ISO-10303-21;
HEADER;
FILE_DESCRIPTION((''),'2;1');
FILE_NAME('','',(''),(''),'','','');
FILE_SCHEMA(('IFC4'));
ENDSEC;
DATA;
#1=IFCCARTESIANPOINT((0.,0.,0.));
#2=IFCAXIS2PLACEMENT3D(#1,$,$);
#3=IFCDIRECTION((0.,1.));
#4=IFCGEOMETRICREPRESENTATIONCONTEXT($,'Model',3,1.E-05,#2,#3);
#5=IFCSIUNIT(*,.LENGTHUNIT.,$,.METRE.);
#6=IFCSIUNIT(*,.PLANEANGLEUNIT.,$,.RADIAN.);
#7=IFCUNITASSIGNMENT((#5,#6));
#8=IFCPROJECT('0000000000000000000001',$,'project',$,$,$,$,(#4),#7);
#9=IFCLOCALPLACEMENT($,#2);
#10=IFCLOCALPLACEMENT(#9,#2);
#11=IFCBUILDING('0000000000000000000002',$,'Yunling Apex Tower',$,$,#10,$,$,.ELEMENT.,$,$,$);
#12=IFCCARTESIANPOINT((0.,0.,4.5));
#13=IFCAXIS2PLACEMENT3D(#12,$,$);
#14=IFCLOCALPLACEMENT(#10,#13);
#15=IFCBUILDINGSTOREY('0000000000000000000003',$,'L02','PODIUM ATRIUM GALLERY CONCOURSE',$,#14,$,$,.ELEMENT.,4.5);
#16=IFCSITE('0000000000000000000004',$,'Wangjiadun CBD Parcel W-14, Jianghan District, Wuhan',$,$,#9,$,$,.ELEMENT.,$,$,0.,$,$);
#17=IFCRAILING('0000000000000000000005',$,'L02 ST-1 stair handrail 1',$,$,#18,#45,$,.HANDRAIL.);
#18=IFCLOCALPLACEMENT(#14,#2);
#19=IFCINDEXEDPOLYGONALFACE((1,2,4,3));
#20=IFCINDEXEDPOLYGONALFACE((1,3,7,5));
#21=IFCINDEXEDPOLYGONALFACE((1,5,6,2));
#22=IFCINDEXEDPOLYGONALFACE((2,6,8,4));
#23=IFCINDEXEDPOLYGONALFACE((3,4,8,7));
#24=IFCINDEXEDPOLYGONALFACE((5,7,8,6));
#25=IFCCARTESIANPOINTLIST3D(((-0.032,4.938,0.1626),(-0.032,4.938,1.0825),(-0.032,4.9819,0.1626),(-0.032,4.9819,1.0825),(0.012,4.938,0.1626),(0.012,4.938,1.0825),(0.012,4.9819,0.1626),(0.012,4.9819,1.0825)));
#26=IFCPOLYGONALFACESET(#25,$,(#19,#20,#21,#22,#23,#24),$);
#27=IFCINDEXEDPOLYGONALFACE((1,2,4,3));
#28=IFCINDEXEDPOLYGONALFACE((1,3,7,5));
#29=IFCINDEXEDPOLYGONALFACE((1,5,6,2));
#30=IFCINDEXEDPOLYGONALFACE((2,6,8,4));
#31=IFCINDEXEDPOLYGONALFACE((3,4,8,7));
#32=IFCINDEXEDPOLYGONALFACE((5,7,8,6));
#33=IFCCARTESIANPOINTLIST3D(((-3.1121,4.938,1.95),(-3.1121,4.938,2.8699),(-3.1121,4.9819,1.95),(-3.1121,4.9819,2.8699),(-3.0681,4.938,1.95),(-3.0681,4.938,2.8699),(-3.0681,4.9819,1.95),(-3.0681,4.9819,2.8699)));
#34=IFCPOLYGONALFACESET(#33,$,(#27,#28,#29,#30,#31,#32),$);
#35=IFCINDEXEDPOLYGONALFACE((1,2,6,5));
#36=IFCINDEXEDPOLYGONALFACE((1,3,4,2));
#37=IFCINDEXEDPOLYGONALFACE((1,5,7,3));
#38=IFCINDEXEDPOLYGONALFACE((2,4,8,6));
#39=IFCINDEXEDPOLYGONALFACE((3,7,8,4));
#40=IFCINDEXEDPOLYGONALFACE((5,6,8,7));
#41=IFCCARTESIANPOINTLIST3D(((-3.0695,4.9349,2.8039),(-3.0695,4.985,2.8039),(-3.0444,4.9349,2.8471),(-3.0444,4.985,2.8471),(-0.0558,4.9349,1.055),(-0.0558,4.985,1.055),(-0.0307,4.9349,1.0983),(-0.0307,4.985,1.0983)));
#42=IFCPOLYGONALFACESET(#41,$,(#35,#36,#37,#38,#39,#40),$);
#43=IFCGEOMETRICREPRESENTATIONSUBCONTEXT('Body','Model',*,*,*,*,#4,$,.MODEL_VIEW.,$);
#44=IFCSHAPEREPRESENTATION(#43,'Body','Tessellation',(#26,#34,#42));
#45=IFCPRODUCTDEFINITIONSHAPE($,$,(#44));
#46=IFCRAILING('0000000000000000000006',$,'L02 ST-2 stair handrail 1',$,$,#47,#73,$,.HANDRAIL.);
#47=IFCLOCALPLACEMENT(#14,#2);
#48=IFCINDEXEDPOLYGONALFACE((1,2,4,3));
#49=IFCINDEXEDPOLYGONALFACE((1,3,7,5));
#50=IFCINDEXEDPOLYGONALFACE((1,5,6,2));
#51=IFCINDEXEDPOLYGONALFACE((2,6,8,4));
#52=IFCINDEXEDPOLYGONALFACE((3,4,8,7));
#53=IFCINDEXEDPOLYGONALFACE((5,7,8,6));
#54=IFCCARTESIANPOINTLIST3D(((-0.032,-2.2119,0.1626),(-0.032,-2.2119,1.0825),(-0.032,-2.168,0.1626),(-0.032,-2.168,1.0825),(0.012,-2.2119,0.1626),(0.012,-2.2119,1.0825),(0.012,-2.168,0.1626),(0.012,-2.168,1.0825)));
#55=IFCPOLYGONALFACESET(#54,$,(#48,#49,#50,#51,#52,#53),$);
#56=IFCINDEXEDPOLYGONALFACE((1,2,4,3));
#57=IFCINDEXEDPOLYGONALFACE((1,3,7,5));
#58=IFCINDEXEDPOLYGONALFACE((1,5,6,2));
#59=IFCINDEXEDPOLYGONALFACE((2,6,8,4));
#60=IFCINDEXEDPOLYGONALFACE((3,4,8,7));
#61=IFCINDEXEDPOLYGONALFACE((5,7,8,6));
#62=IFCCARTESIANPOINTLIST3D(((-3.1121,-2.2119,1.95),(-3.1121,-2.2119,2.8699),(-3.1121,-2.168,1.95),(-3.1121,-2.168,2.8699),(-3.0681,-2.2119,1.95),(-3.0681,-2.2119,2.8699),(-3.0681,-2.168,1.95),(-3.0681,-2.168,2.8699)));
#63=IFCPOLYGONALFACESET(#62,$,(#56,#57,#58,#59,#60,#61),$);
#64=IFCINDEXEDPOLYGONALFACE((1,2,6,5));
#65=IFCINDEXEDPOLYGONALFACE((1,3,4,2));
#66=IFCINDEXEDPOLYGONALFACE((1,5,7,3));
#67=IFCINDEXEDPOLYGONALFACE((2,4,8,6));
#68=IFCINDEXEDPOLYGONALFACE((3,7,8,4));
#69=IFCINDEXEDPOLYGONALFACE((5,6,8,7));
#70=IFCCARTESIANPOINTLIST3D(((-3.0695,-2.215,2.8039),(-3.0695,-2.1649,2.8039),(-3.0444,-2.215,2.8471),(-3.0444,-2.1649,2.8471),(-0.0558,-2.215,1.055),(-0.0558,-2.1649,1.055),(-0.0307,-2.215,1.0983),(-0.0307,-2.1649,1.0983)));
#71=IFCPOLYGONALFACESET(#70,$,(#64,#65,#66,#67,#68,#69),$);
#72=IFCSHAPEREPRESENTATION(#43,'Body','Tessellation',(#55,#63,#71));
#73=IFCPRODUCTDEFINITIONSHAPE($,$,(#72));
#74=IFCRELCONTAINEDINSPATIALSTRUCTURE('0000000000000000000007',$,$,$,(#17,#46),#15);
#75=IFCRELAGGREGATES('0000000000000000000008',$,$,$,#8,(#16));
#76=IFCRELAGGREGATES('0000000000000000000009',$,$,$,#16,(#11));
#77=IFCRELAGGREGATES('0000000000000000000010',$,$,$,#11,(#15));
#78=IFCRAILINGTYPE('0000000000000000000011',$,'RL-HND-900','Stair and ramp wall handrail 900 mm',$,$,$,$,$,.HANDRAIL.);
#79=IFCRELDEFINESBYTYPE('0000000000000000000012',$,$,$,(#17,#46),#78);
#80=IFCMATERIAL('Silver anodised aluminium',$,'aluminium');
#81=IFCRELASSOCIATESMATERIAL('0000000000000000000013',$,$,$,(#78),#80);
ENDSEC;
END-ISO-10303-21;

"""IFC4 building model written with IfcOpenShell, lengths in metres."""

from ifc_helpers import new_model, si_unit, direction, frame, origin, origin_2d, place, context, subcontext, project, spatial, rectangle, extrude, material, type_object, element, save


model = new_model("IFC4")

# Units and contexts
model_context = context("Model", 3, precision=1e-05, world=origin(), true_north=direction((0.0, 1.0)))
body_context = subcontext(model_context, "Body", "Model", "MODEL_VIEW")
ifc_project = project(units=[si_unit("LENGTHUNIT", "METRE"), si_unit("PLANEANGLEUNIT", "RADIAN")], contexts=[model_context])

# Site, building, storey
site_placement = place(None, origin())
site = spatial("IfcSite", under=ifc_project, at=site_placement, Name="Wangjiadun CBD Parcel W-14, Jianghan District, Wuhan", CompositionType="ELEMENT", RefElevation=0.0)
building_placement = place(site_placement, origin())
building = spatial("IfcBuilding", under=site, at=building_placement, Name="Yunling Apex Tower", CompositionType="ELEMENT")
storey_placement = place(building_placement, frame((0.0, 0.0, 4.5)))
storey = spatial("IfcBuildingStorey", under=building, at=storey_placement, Name="L02", Description="PODIUM ATRIUM GALLERY CONCOURSE", CompositionType="ELEMENT", Elevation=4.5)

# Railings
ifc_material_1 = material(Name="Silver anodised aluminium", Category="aluminium")
railing_type_1 = type_object("IfcRailingType", Name="RL-HND-900", Description="Stair and ramp wall handrail 900 mm", PredefinedType="HANDRAIL", material=ifc_material_1)
for number, where, name in (
    (1, (-0.01, 4.96, 0.1626), "L02 ST-1 stair handrail 1"),
    (2, (-0.01, -2.1899, 0.1626), "L02 ST-2 stair handrail 1"),
):
    element("IfcRailing", number, at=place(storey_placement, frame(where)), inside=storey, type_object=railing_type_1, Name=name, PredefinedType="HANDRAIL", context=body_context, shape_type="SweptSolid", body=[
        extrude(rectangle(XDim=0.0439, YDim=0.0439, at=origin_2d()), origin(), (0.0, 0.0, 1.0), 0.9199),
        extrude(rectangle(XDim=0.0439, YDim=0.0439, at=origin_2d()), frame((-3.0801, 0.0, 1.7874)), (0.0, 0.0, 1.0), 0.9199),
        extrude(rectangle(XDim=0.05, YDim=0.05, at=origin_2d()), frame((-0.0332, 0.0, 0.9141), z_axis=(-0.86492, 0.0, 0.501909), x_axis=(0.0, -1.0, 0.0)), (0.0, 0.0, 1.0), 3.4844),
    ])

save(model, "model.ifc")
